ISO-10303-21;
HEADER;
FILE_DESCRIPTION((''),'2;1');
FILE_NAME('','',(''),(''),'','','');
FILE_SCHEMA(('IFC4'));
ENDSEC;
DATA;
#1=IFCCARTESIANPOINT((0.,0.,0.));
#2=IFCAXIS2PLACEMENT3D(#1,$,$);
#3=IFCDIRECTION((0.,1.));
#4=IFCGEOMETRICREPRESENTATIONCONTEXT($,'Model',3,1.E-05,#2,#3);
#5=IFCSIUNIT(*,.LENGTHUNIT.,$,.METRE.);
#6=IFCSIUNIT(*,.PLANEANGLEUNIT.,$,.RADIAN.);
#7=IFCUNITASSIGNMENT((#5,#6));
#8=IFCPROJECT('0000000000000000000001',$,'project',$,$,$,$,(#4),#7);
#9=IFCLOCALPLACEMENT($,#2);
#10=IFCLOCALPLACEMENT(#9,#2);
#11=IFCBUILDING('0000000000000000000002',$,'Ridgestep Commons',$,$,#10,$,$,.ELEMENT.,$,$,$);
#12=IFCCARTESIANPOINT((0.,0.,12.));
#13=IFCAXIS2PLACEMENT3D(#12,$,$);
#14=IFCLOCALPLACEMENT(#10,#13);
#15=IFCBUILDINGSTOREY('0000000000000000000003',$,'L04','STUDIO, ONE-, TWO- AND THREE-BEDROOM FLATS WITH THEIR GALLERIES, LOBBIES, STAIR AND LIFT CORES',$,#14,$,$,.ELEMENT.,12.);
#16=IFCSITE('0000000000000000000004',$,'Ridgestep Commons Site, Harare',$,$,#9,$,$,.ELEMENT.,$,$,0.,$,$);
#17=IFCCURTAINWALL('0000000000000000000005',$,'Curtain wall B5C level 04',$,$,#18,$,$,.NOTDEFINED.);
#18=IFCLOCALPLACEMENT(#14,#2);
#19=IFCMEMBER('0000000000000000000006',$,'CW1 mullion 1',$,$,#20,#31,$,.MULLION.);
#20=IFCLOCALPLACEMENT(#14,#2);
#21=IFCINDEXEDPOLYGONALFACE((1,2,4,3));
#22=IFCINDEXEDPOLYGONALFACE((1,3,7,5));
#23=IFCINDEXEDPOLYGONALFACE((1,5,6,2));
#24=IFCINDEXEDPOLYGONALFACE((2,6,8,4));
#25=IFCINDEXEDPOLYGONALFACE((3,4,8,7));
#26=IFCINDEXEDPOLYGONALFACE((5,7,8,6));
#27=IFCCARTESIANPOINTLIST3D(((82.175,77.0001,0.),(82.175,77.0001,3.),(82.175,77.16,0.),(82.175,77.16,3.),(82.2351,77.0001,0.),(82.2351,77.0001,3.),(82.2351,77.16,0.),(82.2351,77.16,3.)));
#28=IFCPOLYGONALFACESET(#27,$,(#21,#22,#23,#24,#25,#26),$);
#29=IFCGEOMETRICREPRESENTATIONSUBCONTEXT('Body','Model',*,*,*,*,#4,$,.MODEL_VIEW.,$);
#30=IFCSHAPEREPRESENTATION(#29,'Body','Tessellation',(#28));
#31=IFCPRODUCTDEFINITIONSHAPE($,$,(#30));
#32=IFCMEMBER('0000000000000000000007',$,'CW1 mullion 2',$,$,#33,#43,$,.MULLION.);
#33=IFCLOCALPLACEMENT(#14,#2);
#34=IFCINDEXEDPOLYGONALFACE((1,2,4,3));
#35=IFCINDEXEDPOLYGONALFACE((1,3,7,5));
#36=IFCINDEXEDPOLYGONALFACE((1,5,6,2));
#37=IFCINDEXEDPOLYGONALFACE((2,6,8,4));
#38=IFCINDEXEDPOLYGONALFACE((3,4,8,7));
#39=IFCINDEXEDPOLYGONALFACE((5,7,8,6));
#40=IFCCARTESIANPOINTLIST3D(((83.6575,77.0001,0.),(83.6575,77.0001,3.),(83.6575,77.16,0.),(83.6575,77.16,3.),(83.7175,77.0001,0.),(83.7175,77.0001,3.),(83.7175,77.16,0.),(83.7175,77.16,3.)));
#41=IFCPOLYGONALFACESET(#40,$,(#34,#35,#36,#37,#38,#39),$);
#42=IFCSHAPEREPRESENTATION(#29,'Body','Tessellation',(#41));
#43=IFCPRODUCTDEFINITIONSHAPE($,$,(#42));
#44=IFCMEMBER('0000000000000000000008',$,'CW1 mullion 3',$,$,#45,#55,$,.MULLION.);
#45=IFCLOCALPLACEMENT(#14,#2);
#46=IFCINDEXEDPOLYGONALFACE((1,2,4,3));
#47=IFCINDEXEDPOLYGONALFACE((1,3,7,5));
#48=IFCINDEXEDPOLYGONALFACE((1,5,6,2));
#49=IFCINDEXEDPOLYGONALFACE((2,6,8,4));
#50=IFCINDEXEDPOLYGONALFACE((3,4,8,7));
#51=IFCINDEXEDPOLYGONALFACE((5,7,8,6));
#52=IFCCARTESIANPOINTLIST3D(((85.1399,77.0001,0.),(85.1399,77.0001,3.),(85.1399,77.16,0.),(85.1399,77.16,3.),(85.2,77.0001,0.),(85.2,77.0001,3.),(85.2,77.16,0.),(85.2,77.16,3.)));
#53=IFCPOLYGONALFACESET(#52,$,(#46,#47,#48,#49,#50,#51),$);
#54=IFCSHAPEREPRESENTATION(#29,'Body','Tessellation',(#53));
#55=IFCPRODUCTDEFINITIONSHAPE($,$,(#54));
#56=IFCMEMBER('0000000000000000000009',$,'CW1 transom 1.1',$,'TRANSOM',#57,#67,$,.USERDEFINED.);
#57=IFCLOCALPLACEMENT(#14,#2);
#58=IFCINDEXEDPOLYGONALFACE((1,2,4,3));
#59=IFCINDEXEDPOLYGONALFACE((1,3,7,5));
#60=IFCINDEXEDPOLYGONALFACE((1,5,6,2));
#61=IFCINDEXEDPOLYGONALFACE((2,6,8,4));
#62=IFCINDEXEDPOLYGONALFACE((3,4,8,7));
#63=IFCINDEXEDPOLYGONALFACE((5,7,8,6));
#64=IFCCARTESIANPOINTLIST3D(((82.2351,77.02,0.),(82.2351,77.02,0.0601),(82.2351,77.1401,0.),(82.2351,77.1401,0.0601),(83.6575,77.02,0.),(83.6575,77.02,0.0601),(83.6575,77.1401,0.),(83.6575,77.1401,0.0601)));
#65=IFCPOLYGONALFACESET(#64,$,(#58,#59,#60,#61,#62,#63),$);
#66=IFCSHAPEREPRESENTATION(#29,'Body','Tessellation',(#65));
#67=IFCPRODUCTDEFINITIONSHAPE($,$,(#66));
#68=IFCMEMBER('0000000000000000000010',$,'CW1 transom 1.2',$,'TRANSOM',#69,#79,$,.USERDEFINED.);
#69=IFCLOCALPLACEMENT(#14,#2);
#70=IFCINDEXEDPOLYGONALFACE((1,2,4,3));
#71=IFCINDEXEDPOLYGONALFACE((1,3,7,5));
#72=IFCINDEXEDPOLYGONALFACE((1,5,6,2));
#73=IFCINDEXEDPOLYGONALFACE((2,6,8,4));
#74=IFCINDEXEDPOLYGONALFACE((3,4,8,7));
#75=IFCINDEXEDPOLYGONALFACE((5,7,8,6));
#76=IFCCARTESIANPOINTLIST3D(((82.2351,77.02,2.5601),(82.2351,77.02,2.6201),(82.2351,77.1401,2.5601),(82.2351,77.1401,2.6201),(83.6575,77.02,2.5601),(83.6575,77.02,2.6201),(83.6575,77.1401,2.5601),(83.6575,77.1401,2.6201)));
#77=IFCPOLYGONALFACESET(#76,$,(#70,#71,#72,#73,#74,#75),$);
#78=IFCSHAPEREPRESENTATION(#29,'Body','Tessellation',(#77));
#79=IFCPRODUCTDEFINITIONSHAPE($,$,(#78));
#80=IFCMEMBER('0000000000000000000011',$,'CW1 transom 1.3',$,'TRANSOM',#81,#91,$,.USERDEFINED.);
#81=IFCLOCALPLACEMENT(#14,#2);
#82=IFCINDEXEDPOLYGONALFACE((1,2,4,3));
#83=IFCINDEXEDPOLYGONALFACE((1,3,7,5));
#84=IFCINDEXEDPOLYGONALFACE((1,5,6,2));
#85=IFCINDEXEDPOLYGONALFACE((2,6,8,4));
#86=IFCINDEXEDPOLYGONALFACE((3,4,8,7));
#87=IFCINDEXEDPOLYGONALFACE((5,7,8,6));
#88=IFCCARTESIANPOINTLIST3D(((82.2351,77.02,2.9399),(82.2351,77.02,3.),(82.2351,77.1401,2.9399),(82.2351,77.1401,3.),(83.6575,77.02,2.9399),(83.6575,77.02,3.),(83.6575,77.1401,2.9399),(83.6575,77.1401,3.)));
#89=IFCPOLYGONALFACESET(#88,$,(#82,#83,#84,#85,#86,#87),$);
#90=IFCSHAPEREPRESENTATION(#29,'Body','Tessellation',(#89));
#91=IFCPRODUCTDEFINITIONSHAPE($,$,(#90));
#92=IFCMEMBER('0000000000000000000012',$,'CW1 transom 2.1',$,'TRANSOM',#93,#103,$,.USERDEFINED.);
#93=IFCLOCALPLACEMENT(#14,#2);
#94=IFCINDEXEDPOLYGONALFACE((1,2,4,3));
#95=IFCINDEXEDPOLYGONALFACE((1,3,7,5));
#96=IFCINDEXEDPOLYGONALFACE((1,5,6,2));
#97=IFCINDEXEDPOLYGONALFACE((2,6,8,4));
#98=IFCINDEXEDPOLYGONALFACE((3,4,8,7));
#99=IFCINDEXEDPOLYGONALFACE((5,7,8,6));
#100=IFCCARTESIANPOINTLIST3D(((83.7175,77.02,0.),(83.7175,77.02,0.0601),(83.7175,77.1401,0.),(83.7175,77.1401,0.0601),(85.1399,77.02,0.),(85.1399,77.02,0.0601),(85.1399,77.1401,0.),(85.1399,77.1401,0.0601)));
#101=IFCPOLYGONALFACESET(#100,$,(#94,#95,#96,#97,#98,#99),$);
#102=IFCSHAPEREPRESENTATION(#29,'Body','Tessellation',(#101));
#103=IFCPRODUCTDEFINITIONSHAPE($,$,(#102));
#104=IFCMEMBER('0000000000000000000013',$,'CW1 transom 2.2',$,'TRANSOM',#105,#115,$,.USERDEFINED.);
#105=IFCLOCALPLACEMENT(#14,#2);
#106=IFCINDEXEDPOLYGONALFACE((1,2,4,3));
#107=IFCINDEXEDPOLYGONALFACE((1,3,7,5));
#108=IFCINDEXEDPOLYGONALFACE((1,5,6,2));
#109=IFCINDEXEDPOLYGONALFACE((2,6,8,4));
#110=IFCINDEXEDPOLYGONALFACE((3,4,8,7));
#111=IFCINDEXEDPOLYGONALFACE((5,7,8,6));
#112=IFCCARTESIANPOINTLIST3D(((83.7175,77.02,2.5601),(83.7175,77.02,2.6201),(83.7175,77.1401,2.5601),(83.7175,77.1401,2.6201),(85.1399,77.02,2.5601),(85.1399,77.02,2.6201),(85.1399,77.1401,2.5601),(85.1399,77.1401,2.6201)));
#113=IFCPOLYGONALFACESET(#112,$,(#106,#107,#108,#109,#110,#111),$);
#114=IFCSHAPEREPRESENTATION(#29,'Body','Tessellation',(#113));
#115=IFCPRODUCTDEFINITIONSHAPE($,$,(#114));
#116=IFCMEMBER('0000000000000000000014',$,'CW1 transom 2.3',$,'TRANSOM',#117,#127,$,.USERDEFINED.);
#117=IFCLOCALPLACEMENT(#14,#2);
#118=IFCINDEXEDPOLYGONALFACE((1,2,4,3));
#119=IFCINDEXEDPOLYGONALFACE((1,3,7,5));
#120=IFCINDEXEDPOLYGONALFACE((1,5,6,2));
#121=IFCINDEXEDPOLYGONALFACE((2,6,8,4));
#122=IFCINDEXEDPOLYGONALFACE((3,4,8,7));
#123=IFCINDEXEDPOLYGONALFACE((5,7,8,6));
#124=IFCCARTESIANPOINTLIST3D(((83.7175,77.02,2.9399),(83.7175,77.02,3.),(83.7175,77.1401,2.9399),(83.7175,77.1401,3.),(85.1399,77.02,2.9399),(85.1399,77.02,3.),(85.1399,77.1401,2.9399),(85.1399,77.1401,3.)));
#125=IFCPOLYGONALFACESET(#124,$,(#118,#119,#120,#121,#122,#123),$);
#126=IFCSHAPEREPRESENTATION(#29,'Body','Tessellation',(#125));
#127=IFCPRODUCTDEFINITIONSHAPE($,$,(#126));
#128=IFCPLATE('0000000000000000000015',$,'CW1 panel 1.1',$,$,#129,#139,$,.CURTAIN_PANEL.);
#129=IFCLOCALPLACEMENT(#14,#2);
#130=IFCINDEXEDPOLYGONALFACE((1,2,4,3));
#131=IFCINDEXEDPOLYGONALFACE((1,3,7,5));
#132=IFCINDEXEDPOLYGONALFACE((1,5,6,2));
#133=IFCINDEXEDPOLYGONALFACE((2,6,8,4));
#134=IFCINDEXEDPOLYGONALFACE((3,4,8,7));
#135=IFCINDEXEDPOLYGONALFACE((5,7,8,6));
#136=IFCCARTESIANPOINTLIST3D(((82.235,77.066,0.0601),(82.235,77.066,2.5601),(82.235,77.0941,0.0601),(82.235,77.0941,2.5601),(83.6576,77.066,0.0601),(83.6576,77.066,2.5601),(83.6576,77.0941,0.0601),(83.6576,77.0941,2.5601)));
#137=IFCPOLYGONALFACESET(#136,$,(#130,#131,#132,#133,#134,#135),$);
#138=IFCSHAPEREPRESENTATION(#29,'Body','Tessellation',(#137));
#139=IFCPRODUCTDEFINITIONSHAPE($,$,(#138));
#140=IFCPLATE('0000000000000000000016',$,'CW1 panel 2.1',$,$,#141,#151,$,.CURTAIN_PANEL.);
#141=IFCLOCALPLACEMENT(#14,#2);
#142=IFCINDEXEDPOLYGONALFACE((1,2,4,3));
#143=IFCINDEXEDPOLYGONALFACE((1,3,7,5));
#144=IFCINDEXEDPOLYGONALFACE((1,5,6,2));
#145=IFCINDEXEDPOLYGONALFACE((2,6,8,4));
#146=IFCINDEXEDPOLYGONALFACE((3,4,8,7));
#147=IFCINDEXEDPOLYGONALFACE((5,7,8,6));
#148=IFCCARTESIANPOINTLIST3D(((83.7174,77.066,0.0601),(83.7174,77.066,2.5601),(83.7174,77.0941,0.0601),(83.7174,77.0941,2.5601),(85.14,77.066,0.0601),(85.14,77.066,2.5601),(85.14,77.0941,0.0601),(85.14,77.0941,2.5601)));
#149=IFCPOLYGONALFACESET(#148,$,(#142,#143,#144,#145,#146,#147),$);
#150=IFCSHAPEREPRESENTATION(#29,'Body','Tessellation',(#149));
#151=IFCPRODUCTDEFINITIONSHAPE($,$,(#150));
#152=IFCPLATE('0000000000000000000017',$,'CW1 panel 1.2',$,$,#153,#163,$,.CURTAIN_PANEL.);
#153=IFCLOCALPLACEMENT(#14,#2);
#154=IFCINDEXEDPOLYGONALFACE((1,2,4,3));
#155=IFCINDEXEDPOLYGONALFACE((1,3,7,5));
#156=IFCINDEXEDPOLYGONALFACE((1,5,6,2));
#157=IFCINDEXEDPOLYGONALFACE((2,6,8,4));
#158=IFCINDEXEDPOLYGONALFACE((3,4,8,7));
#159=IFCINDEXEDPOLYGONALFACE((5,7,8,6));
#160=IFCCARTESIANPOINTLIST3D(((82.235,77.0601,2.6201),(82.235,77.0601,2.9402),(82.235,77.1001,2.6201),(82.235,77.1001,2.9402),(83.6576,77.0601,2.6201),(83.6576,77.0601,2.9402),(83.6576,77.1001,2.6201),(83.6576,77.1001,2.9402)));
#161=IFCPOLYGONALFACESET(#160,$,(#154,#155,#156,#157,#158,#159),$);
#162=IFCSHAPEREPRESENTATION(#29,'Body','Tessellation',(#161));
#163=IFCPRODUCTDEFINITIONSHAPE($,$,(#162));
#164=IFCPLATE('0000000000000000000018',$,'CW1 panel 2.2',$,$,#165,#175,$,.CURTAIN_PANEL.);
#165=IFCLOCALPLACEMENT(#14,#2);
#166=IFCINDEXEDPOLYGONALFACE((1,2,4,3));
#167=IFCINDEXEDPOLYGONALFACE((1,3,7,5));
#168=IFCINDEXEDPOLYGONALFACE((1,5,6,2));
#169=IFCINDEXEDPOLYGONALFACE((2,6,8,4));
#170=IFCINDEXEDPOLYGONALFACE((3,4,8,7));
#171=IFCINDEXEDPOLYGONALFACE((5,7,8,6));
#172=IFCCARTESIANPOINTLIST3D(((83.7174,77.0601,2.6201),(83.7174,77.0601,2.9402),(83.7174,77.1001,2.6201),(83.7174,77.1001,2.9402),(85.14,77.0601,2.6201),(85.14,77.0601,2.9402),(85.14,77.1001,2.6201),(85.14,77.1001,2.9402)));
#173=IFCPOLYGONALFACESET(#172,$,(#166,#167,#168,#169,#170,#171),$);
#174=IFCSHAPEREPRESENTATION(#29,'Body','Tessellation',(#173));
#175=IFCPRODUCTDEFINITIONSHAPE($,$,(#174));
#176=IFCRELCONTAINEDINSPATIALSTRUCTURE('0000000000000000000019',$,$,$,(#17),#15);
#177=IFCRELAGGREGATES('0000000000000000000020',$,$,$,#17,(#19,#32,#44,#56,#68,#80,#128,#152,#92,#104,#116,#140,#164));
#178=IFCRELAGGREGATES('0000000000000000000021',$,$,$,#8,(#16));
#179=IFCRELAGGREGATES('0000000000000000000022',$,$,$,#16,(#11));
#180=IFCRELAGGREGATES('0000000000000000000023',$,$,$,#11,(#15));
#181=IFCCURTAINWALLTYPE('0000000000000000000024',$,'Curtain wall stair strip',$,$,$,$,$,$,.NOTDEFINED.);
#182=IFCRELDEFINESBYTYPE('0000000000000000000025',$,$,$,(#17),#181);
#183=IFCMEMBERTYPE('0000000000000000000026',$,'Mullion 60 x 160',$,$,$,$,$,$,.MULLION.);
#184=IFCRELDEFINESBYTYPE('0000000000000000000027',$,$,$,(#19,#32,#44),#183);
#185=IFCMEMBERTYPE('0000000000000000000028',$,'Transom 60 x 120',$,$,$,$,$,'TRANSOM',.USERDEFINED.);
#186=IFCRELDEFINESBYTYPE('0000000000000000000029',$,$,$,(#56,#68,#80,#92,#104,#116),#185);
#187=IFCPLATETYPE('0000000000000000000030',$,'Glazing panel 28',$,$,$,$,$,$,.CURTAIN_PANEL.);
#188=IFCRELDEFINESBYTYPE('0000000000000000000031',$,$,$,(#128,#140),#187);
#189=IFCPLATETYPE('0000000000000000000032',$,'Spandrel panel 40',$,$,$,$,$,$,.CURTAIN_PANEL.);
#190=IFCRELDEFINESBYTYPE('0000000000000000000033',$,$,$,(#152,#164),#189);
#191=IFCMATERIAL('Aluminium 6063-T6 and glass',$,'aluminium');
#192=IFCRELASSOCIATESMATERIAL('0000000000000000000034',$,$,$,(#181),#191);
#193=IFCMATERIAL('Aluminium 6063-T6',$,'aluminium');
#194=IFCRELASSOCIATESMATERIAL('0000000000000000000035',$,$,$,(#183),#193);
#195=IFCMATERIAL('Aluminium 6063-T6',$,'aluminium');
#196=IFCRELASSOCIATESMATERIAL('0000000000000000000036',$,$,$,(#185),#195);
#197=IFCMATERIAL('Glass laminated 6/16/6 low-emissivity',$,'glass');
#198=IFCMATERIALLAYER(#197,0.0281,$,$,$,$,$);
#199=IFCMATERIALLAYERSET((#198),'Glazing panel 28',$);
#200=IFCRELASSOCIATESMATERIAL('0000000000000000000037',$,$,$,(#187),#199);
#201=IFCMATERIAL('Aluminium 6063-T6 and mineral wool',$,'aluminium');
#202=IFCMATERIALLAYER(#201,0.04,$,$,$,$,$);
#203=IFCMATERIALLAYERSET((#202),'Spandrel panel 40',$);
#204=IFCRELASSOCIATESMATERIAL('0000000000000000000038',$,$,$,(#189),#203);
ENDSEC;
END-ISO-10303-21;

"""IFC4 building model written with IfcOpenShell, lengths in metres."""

from ifc_helpers import new_model, si_unit, direction, frame, origin, origin_2d, place, context, subcontext, project, spatial, rectangle, extrude, material, layer, layer_set, material_profile, profile_set, type_object, element, aggregate, save


model = new_model("IFC4")

# Units and contexts
model_context = context("Model", 3, precision=1e-05, world=origin(), true_north=direction((0.0, 1.0)))
body_context = subcontext(model_context, "Body", "Model", "MODEL_VIEW")
ifc_project = project(units=[si_unit("LENGTHUNIT", "METRE"), si_unit("PLANEANGLEUNIT", "RADIAN")], contexts=[model_context])

# Site, building, storey
site_placement = place(None, origin())
site = spatial("IfcSite", under=ifc_project, at=site_placement, Name="Ridgestep Commons Site, Harare", CompositionType="ELEMENT", RefElevation=0.0)
building_placement = place(site_placement, origin())
building = spatial("IfcBuilding", under=site, at=building_placement, Name="Ridgestep Commons", CompositionType="ELEMENT")
storey_placement = place(building_placement, frame((0.0, 0.0, 12.0)))
storey = spatial("IfcBuildingStorey", under=building, at=storey_placement, Name="L04", Description="STUDIO, ONE-, TWO- AND THREE-BEDROOM FLATS WITH THEIR GALLERIES, LOBBIES, STAIR AND LIFT CORES", CompositionType="ELEMENT", Elevation=12.0)

# Curtain wall, members, plates
ifc_material_1 = material(Name="Aluminium 6063-T6 and glass", Category="aluminium")
curtain_wall_type = type_object("IfcCurtainWallType", Name="Curtain wall stair strip", PredefinedType="NOTDEFINED", material=ifc_material_1)
curtain_wall_placement = place(storey_placement, origin())
curtain_wall = element("IfcCurtainWall", 1, at=curtain_wall_placement, inside=storey, type_object=curtain_wall_type, Name="Curtain wall B5C level 04", PredefinedType="NOTDEFINED")
ifc_material_2 = material(Name="Aluminium 6063-T6", Category="aluminium")
ifc_material_profile_1 = material_profile(ifc_material_2, rectangle(XDim=0.1599, YDim=0.0601, at=origin_2d()), Name="Mullion 60 x 160")
ifc_profile_set_1 = profile_set([ifc_material_profile_1], Name="Aluminium 6063-T6")
member_type_1 = type_object("IfcMemberType", Name="Mullion 60 x 160", PredefinedType="MULLION", material=ifc_profile_set_1)
member_1_placement = place(storey_placement, frame((82.2051, 77.0801, 0.0), z_axis=(0.0, 0.0, 1.0), x_axis=(0.0, 1.0, 0.0)))
member_1 = element("IfcMember", 2, at=member_1_placement, type_object=member_type_1, Name="CW1 mullion 1", PredefinedType="MULLION", context=body_context, shape_type="SweptSolid", body=[
    extrude(rectangle(XDim=0.1599, YDim=0.0601, at=origin_2d()), origin(), (0.0, 0.0, 1.0), 3.0),
])
member_2_placement = place(storey_placement, frame((83.6875, 77.0801, 0.0), z_axis=(0.0, 0.0, 1.0), x_axis=(0.0, 1.0, 0.0)))
member_2 = element("IfcMember", 3, at=member_2_placement, type_object=member_type_1, Name="CW1 mullion 2", PredefinedType="MULLION", context=body_context, shape_type="SweptSolid", body=[
    extrude(rectangle(XDim=0.1599, YDim=0.0601, at=origin_2d()), origin(), (0.0, 0.0, 1.0), 3.0),
])
member_3_placement = place(storey_placement, frame((85.1699, 77.0801, 0.0), z_axis=(0.0, 0.0, 1.0), x_axis=(0.0, 1.0, 0.0)))
member_3 = element("IfcMember", 4, at=member_3_placement, type_object=member_type_1, Name="CW1 mullion 3", PredefinedType="MULLION", context=body_context, shape_type="SweptSolid", body=[
    extrude(rectangle(XDim=0.1599, YDim=0.0601, at=origin_2d()), origin(), (0.0, 0.0, 1.0), 3.0),
])
ifc_material_3 = material(Name="Aluminium 6063-T6", Category="aluminium")
ifc_material_profile_2 = material_profile(ifc_material_3, rectangle(XDim=0.1201, YDim=0.0601, at=origin_2d()), Name="Transom 60 x 120")
ifc_profile_set_2 = profile_set([ifc_material_profile_2], Name="Aluminium 6063-T6")
member_type_2 = type_object("IfcMemberType", Name="Transom 60 x 120", ElementType="TRANSOM", PredefinedType="USERDEFINED", material=ifc_profile_set_2)
member_4_placement = place(storey_placement, frame((82.2351, 77.0801, 0.03), z_axis=(1.0, 0.0, 0.0), x_axis=(0.0, 1.0, 0.0)))
member_4 = element("IfcMember", 5, at=member_4_placement, type_object=member_type_2, Name="CW1 transom 1.1", ObjectType="TRANSOM", PredefinedType="USERDEFINED", context=body_context, shape_type="SweptSolid", body=[
    extrude(rectangle(XDim=0.1201, YDim=0.0601, at=origin_2d()), origin(), (0.0, 0.0, 1.0), 1.4224),
])
member_5_placement = place(storey_placement, frame((82.2351, 77.0801, 2.5901), z_axis=(1.0, 0.0, 0.0), x_axis=(0.0, 1.0, 0.0)))
member_5 = element("IfcMember", 6, at=member_5_placement, type_object=member_type_2, Name="CW1 transom 1.2", ObjectType="TRANSOM", PredefinedType="USERDEFINED", context=body_context, shape_type="SweptSolid", body=[
    extrude(rectangle(XDim=0.1201, YDim=0.0601, at=origin_2d()), origin(), (0.0, 0.0, 1.0), 1.4224),
])
member_6_placement = place(storey_placement, frame((82.2351, 77.0801, 2.97), z_axis=(1.0, 0.0, 0.0), x_axis=(0.0, 1.0, 0.0)))
member_6 = element("IfcMember", 7, at=member_6_placement, type_object=member_type_2, Name="CW1 transom 1.3", ObjectType="TRANSOM", PredefinedType="USERDEFINED", context=body_context, shape_type="SweptSolid", body=[
    extrude(rectangle(XDim=0.1201, YDim=0.0601, at=origin_2d()), origin(), (0.0, 0.0, 1.0), 1.4224),
])
member_7_placement = place(storey_placement, frame((83.7175, 77.0801, 0.03), z_axis=(1.0, 0.0, 0.0), x_axis=(0.0, 1.0, 0.0)))
member_7 = element("IfcMember", 8, at=member_7_placement, type_object=member_type_2, Name="CW1 transom 2.1", ObjectType="TRANSOM", PredefinedType="USERDEFINED", context=body_context, shape_type="SweptSolid", body=[
    extrude(rectangle(XDim=0.1201, YDim=0.0601, at=origin_2d()), origin(), (0.0, 0.0, 1.0), 1.4224),
])
member_8_placement = place(storey_placement, frame((83.7175, 77.0801, 2.5901), z_axis=(1.0, 0.0, 0.0), x_axis=(0.0, 1.0, 0.0)))
member_8 = element("IfcMember", 9, at=member_8_placement, type_object=member_type_2, Name="CW1 transom 2.2", ObjectType="TRANSOM", PredefinedType="USERDEFINED", context=body_context, shape_type="SweptSolid", body=[
    extrude(rectangle(XDim=0.1201, YDim=0.0601, at=origin_2d()), origin(), (0.0, 0.0, 1.0), 1.4224),
])
member_9_placement = place(storey_placement, frame((83.7175, 77.0801, 2.97), z_axis=(1.0, 0.0, 0.0), x_axis=(0.0, 1.0, 0.0)))
member_9 = element("IfcMember", 10, at=member_9_placement, type_object=member_type_2, Name="CW1 transom 2.3", ObjectType="TRANSOM", PredefinedType="USERDEFINED", context=body_context, shape_type="SweptSolid", body=[
    extrude(rectangle(XDim=0.1201, YDim=0.0601, at=origin_2d()), origin(), (0.0, 0.0, 1.0), 1.4224),
])
ifc_material_4 = material(Name="Glass laminated 6/16/6 low-emissivity", Category="glass")
ifc_layer_1 = layer(ifc_material_4, 0.0281)
ifc_layer_set_1 = layer_set([ifc_layer_1], Name="Glazing panel 28")
plate_type_1 = type_object("IfcPlateType", Name="Glazing panel 28", PredefinedType="CURTAIN_PANEL", material=ifc_layer_set_1)
plate_1_placement = place(storey_placement, frame((82.9463, 77.0801, 0.0601), z_axis=(0.0, 0.0, 1.0), x_axis=(1.0, 0.0, 0.0)))
plate_1 = element("IfcPlate", 11, at=plate_1_placement, type_object=plate_type_1, Name="CW1 panel 1.1", PredefinedType="CURTAIN_PANEL", context=body_context, shape_type="SweptSolid", body=[
    extrude(rectangle(XDim=1.4226, YDim=0.0281, at=origin_2d()), origin(), (0.0, 0.0, 1.0), 2.5),
])
plate_2_placement = place(storey_placement, frame((84.4287, 77.0801, 0.0601), z_axis=(0.0, 0.0, 1.0), x_axis=(1.0, 0.0, 0.0)))
plate_2 = element("IfcPlate", 12, at=plate_2_placement, type_object=plate_type_1, Name="CW1 panel 2.1", PredefinedType="CURTAIN_PANEL", context=body_context, shape_type="SweptSolid", body=[
    extrude(rectangle(XDim=1.4226, YDim=0.0281, at=origin_2d()), origin(), (0.0, 0.0, 1.0), 2.5),
])
ifc_material_5 = material(Name="Aluminium 6063-T6 and mineral wool", Category="aluminium")
ifc_layer_2 = layer(ifc_material_5, 0.04)
ifc_layer_set_2 = layer_set([ifc_layer_2], Name="Spandrel panel 40")
plate_type_2 = type_object("IfcPlateType", Name="Spandrel panel 40", PredefinedType="CURTAIN_PANEL", material=ifc_layer_set_2)
plate_3_placement = place(storey_placement, frame((82.9463, 77.0801, 2.6201), z_axis=(0.0, 0.0, 1.0), x_axis=(1.0, 0.0, 0.0)))
plate_3 = element("IfcPlate", 13, at=plate_3_placement, type_object=plate_type_2, Name="CW1 panel 1.2", PredefinedType="CURTAIN_PANEL", context=body_context, shape_type="SweptSolid", body=[
    extrude(rectangle(XDim=1.4226, YDim=0.04, at=origin_2d()), origin(), (0.0, 0.0, 1.0), 0.3201),
])
plate_4_placement = place(storey_placement, frame((84.4287, 77.0801, 2.6201), z_axis=(0.0, 0.0, 1.0), x_axis=(1.0, 0.0, 0.0)))
plate_4 = element("IfcPlate", 14, at=plate_4_placement, type_object=plate_type_2, Name="CW1 panel 2.2", PredefinedType="CURTAIN_PANEL", context=body_context, shape_type="SweptSolid", body=[
    extrude(rectangle(XDim=1.4226, YDim=0.04, at=origin_2d()), origin(), (0.0, 0.0, 1.0), 0.3201),
])
aggregate(curtain_wall, [member_1, member_2, member_3, member_4, member_5, member_6, plate_1, plate_3, member_7, member_8, member_9, plate_2, plate_4])

save(model, "model.ifc")
